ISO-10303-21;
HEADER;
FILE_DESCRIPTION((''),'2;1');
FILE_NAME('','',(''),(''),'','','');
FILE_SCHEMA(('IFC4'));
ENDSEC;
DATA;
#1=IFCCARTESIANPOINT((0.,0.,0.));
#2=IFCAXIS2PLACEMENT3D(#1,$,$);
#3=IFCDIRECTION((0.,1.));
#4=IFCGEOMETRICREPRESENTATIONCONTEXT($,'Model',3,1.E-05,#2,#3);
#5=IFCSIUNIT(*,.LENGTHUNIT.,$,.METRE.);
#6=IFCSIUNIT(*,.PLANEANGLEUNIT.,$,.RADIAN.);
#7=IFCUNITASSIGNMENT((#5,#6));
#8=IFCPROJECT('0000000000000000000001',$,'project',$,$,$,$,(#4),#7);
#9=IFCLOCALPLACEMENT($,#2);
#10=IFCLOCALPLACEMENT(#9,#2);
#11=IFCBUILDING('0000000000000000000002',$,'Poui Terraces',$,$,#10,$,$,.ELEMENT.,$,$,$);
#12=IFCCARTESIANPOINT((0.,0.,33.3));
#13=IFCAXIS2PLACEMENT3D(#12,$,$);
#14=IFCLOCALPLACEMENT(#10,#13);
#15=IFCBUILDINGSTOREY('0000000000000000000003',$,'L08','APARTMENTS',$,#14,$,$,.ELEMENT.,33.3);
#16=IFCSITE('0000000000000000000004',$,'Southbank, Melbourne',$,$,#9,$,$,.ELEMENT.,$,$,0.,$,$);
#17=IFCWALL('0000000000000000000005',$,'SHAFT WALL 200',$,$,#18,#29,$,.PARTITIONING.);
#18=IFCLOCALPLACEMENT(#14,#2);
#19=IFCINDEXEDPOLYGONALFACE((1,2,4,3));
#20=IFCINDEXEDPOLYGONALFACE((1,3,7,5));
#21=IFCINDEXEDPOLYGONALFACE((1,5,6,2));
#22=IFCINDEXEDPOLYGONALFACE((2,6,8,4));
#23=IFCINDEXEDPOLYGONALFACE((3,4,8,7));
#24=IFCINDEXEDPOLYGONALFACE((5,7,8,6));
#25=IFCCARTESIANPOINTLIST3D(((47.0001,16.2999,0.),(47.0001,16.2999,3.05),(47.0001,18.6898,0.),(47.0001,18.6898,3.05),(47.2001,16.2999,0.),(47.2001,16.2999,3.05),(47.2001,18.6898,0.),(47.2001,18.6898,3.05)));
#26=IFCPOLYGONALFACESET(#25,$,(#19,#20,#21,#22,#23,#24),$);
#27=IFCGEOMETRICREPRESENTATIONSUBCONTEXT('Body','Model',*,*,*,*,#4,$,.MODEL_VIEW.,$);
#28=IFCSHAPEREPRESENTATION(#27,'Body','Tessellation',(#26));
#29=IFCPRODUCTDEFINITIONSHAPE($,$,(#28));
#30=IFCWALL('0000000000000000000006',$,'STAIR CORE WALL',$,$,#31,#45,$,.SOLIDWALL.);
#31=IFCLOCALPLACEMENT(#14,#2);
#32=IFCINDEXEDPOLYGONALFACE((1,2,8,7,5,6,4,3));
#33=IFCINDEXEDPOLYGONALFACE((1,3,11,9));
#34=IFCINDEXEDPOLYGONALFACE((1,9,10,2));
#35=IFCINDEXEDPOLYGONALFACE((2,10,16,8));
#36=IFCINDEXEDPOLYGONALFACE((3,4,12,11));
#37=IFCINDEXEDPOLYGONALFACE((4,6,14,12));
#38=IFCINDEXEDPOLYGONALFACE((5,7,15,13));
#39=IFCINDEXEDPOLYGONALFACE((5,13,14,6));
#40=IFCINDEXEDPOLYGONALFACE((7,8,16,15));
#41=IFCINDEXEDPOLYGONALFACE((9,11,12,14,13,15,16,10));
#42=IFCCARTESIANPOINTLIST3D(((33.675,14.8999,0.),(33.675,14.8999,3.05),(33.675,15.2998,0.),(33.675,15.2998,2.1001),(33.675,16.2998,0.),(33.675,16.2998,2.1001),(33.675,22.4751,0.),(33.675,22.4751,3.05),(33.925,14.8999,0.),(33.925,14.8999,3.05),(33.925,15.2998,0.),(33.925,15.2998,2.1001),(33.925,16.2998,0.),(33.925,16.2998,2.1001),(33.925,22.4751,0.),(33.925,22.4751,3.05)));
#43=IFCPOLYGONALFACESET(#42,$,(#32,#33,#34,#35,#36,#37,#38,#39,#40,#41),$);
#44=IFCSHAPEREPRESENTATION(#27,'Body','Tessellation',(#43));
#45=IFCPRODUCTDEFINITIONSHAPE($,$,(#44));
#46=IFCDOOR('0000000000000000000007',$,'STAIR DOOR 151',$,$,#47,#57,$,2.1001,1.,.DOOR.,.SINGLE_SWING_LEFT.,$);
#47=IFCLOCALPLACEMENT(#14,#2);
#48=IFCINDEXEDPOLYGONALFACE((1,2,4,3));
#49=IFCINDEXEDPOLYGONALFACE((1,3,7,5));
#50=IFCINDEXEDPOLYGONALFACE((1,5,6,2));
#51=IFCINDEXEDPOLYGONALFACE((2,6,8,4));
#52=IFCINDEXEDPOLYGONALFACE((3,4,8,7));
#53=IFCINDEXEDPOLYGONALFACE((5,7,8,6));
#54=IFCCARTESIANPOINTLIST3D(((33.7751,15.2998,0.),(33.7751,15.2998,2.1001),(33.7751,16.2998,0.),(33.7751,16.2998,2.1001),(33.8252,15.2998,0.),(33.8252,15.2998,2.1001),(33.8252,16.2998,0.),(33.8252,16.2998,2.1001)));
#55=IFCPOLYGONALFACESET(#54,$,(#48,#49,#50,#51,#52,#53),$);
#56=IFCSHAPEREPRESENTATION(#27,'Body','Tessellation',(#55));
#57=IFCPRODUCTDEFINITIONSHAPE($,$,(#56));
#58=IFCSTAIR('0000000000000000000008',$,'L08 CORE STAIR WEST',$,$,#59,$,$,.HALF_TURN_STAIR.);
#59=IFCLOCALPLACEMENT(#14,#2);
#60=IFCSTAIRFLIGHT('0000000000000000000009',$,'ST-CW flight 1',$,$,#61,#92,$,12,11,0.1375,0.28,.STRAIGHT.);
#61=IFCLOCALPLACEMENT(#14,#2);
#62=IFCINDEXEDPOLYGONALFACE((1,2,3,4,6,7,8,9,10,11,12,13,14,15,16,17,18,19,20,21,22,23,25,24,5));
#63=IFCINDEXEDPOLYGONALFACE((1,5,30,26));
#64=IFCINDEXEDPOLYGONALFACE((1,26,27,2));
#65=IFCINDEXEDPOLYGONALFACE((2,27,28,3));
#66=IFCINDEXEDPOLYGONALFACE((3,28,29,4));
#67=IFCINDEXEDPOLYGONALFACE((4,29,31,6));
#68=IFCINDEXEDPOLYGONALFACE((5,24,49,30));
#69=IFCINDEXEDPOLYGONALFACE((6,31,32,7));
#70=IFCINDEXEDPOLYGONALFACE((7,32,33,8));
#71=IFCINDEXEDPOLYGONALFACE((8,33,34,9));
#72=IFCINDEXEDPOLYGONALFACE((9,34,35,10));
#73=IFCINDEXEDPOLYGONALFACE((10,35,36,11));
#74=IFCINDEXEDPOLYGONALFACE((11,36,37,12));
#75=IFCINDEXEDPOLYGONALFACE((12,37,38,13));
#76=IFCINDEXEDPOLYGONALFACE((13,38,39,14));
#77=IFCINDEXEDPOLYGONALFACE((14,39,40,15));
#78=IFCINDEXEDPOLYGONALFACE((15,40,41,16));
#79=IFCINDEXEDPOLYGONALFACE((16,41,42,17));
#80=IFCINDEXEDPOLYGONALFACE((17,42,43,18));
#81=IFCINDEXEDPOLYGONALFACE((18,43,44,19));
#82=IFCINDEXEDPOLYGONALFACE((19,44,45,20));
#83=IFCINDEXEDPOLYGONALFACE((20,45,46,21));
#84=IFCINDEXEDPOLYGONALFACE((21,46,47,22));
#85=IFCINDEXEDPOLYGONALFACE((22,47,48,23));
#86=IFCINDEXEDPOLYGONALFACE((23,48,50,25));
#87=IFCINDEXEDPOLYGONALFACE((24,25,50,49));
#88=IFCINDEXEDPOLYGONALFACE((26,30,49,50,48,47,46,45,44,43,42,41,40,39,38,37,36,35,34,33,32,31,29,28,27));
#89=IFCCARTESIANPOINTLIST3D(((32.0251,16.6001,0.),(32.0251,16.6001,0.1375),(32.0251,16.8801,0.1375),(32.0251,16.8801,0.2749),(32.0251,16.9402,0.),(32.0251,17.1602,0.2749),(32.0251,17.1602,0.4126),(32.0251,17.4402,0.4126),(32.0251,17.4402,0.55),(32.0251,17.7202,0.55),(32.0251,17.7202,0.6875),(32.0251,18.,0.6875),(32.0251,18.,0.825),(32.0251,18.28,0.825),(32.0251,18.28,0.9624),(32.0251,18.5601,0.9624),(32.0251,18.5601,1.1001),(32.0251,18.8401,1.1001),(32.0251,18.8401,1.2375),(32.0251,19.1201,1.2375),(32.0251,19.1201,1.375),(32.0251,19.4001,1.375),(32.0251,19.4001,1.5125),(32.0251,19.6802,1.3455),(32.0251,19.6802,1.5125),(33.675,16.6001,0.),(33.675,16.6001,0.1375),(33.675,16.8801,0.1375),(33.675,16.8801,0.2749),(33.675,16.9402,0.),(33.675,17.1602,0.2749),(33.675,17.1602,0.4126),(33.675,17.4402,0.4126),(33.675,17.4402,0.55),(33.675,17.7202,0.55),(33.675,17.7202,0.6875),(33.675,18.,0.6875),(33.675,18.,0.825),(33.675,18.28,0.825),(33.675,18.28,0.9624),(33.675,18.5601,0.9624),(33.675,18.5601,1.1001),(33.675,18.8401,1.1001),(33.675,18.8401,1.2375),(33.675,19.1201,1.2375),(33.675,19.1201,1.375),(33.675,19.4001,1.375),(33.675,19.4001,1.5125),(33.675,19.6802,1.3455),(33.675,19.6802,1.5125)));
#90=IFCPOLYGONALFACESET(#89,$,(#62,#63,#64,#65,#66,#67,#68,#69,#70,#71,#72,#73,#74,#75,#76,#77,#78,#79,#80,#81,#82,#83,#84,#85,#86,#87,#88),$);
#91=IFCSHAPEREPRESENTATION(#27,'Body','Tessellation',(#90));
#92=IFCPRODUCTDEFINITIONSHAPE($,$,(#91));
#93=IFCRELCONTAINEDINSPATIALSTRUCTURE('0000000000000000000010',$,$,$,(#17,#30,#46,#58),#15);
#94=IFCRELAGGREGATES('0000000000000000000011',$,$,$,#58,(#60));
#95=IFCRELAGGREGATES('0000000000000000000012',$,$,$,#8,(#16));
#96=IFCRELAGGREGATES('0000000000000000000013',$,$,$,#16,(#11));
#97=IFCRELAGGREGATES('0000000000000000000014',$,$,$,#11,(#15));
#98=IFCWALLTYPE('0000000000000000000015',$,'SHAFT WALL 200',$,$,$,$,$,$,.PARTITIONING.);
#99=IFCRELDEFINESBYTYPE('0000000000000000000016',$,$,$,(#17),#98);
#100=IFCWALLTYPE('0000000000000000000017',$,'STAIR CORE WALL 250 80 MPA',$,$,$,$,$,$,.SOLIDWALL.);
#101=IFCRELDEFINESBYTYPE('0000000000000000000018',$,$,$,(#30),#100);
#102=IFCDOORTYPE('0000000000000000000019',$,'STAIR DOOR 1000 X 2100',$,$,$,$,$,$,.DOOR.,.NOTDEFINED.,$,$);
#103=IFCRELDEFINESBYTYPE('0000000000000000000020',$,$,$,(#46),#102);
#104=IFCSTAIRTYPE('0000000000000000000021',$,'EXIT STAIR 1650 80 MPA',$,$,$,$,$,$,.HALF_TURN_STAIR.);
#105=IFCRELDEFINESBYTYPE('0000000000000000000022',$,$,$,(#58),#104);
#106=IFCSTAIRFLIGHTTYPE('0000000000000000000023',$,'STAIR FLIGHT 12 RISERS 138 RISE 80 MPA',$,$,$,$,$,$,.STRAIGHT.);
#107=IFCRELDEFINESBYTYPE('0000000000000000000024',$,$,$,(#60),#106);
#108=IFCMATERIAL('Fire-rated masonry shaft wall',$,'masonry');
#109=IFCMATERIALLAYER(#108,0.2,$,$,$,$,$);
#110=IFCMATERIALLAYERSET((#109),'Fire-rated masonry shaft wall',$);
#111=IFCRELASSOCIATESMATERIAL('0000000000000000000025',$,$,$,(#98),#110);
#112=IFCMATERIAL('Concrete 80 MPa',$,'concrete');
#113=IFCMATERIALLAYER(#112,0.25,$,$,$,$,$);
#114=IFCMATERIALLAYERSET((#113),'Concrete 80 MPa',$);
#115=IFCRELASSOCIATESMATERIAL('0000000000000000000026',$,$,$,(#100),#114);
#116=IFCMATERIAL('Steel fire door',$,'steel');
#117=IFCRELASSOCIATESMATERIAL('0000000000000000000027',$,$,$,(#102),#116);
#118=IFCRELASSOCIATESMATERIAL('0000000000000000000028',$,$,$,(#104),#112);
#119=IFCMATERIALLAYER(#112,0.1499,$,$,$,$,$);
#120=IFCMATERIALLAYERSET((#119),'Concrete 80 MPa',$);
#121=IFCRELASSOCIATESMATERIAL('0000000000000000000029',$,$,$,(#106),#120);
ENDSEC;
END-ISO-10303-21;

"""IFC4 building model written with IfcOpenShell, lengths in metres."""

from ifc_helpers import new_model, si_unit, direction, frame, frame_2d, origin, place, context, subcontext, project, spatial, polyline, rectangle, outline, extrude, material, layer, layer_set, type_object, element, fill, aggregate, save


model = new_model("IFC4")

# Units and contexts
model_context = context("Model", 3, precision=1e-05, world=origin(), true_north=direction((0.0, 1.0)))
body_context = subcontext(model_context, "Body", "Model", "MODEL_VIEW")
ifc_project = project(units=[si_unit("LENGTHUNIT", "METRE"), si_unit("PLANEANGLEUNIT", "RADIAN")], contexts=[model_context])

# Site, building, storey
site_placement = place(None, origin())
site = spatial("IfcSite", under=ifc_project, at=site_placement, Name="Southbank, Melbourne", CompositionType="ELEMENT", RefElevation=0.0)
building_placement = place(site_placement, origin())
building = spatial("IfcBuilding", under=site, at=building_placement, Name="Poui Terraces", CompositionType="ELEMENT")
storey_placement = place(building_placement, frame((0.0, 0.0, 33.3)))
storey = spatial("IfcBuildingStorey", under=building, at=storey_placement, Name="L08", Description="APARTMENTS", CompositionType="ELEMENT", Elevation=33.3)

# Shared definitions
ifc_material_1 = material(Name="Concrete 80 MPa", Category="concrete")
ifc_material_2 = material(Name="Steel fire door", Category="steel")

# Shared definitions
ifc_material_3 = material(Name="Fire-rated masonry shaft wall", Category="masonry")
ifc_layer_1 = layer(ifc_material_3, 0.2)
ifc_layer_set_1 = layer_set([ifc_layer_1], Name="Fire-rated masonry shaft wall")
wall_type_1 = type_object("IfcWallType", Name="SHAFT WALL 200", PredefinedType="PARTITIONING", material=ifc_layer_set_1)

# Wall
wall_1_placement = place(storey_placement, frame((47.1001, 16.3, 0.0), z_axis=(0.0, 0.0, 1.0), x_axis=(0.0, 1.0, 0.0)))
element("IfcWall", 1, at=wall_1_placement, inside=storey, type_object=wall_type_1, Name="SHAFT WALL 200", PredefinedType="PARTITIONING", context=body_context, shape_type="SweptSolid", body=[
    extrude(rectangle(XDim=2.3899, YDim=0.2, at=frame_2d((1.1948, 0.0))), origin(), (0.0, 0.0, 1.0), 3.05),
])

# Wall, opening, door
ifc_layer_2 = layer(ifc_material_1, 0.25)
ifc_layer_set_2 = layer_set([ifc_layer_2], Name="Concrete 80 MPa")
wall_type_2 = type_object("IfcWallType", Name="STAIR CORE WALL 250 80 MPA", PredefinedType="SOLIDWALL", material=ifc_layer_set_2)
wall_2_placement = place(storey_placement, frame((33.8, 14.8999, 0.0), z_axis=(0.0, 0.0, 1.0), x_axis=(0.0, 1.0, 0.0)))
wall_2 = element("IfcWall", 2, at=wall_2_placement, inside=storey, type_object=wall_type_2, Name="STAIR CORE WALL", PredefinedType="SOLIDWALL", context=body_context, shape_type="SweptSolid", body=[
    extrude(rectangle(XDim=7.5752, YDim=0.25, at=frame_2d((3.7876, 0.0))), origin(), (0.0, 0.0, 1.0), 3.05),
])
opening_1_placement = place(wall_2_placement, frame((0.3999, 0.0, 0.0)))
opening_1 = element("IfcOpeningElement", 3, at=opening_1_placement, cuts=wall_2, PredefinedType="OPENING", context=body_context, shape_type="SweptSolid", body=[
    extrude(rectangle(XDim=1.0, YDim=2.1001, at=frame_2d((0.5, 1.05))), frame((0.0, 0.135, 0.0), z_axis=(0.0, -1.0, 0.0), x_axis=(1.0, 0.0, 0.0)), (0.0, 0.0, 1.0), 0.27),
])
door_type_1 = type_object("IfcDoorType", Name="STAIR DOOR 1000 X 2100", OperationType="NOTDEFINED", PredefinedType="DOOR", material=ifc_material_2)
door_1_placement = place(opening_1_placement, origin())
door_1 = element("IfcDoor", 4, at=door_1_placement, inside=storey, type_object=door_type_1, Name="STAIR DOOR 151", OperationType="SINGLE_SWING_LEFT", OverallHeight=2.1001, OverallWidth=1.0, PredefinedType="DOOR", context=body_context, shape_type="SweptSolid", body=[
    extrude(rectangle(XDim=1.0, YDim=2.1001, at=frame_2d((0.5, 1.05))), frame((0.0, 0.0249, 0.0), z_axis=(0.0, -1.0, 0.0), x_axis=(1.0, 0.0, 0.0)), (0.0, 0.0, 1.0), 0.05),
])
fill(opening_1, door_1)

# Stair, stair flight
stair_type = type_object("IfcStairType", Name="EXIT STAIR 1650 80 MPA", PredefinedType="HALF_TURN_STAIR", material=ifc_material_1)
stair_placement = place(storey_placement, origin())
stair = element("IfcStair", 5, at=stair_placement, inside=storey, type_object=stair_type, Name="L08 CORE STAIR WEST", PredefinedType="HALF_TURN_STAIR")
ifc_layer_3 = layer(ifc_material_1, 0.1499)
ifc_layer_set_3 = layer_set([ifc_layer_3], Name="Concrete 80 MPa")
stair_flight_type = type_object("IfcStairFlightType", Name="STAIR FLIGHT 12 RISERS 138 RISE 80 MPA", PredefinedType="STRAIGHT", material=ifc_layer_set_3)
stair_flight_placement = place(storey_placement, frame((32.8501, 16.6001, 0.0), z_axis=(0.0, 0.0, 1.0), x_axis=(0.0, 1.0, 0.0)))
stair_flight = element("IfcStairFlight", 6, at=stair_flight_placement, type_object=stair_flight_type, Name="ST-CW flight 1", NumberOfRisers=12, NumberOfTreads=11, PredefinedType="STRAIGHT", RiserHeight=0.1375, TreadLength=0.28, context=body_context, shape_type="SweptSolid", body=[
    extrude(outline(polyline([(0.0, 0.0), (0.0, 0.1375), (0.28, 0.1375), (0.28, 0.2749), (0.5601, 0.2749), (0.5601, 0.4126), (0.8401, 0.4126), (0.8401, 0.55), (1.1201, 0.55), (1.1201, 0.6875), (1.3999, 0.6875), (1.3999, 0.825), (1.6799, 0.825), (1.6799, 0.9624), (1.96, 0.9624), (1.96, 1.1001), (2.24, 1.1001), (2.24, 1.2375), (2.52, 1.2375), (2.52, 1.375), (2.8, 1.375), (2.8, 1.5125), (3.0801, 1.5125), (3.0801, 1.6499), (3.0801, 1.3455), (0.3401, 0.0), (0.0, 0.0)])), frame((0.0, 0.825, 0.0), z_axis=(0.0, -1.0, 0.0), x_axis=(1.0, 0.0, 0.0)), (0.0, 0.0, 1.0), 1.6499),
])
aggregate(stair, [stair_flight])

save(model, "model.ifc")
